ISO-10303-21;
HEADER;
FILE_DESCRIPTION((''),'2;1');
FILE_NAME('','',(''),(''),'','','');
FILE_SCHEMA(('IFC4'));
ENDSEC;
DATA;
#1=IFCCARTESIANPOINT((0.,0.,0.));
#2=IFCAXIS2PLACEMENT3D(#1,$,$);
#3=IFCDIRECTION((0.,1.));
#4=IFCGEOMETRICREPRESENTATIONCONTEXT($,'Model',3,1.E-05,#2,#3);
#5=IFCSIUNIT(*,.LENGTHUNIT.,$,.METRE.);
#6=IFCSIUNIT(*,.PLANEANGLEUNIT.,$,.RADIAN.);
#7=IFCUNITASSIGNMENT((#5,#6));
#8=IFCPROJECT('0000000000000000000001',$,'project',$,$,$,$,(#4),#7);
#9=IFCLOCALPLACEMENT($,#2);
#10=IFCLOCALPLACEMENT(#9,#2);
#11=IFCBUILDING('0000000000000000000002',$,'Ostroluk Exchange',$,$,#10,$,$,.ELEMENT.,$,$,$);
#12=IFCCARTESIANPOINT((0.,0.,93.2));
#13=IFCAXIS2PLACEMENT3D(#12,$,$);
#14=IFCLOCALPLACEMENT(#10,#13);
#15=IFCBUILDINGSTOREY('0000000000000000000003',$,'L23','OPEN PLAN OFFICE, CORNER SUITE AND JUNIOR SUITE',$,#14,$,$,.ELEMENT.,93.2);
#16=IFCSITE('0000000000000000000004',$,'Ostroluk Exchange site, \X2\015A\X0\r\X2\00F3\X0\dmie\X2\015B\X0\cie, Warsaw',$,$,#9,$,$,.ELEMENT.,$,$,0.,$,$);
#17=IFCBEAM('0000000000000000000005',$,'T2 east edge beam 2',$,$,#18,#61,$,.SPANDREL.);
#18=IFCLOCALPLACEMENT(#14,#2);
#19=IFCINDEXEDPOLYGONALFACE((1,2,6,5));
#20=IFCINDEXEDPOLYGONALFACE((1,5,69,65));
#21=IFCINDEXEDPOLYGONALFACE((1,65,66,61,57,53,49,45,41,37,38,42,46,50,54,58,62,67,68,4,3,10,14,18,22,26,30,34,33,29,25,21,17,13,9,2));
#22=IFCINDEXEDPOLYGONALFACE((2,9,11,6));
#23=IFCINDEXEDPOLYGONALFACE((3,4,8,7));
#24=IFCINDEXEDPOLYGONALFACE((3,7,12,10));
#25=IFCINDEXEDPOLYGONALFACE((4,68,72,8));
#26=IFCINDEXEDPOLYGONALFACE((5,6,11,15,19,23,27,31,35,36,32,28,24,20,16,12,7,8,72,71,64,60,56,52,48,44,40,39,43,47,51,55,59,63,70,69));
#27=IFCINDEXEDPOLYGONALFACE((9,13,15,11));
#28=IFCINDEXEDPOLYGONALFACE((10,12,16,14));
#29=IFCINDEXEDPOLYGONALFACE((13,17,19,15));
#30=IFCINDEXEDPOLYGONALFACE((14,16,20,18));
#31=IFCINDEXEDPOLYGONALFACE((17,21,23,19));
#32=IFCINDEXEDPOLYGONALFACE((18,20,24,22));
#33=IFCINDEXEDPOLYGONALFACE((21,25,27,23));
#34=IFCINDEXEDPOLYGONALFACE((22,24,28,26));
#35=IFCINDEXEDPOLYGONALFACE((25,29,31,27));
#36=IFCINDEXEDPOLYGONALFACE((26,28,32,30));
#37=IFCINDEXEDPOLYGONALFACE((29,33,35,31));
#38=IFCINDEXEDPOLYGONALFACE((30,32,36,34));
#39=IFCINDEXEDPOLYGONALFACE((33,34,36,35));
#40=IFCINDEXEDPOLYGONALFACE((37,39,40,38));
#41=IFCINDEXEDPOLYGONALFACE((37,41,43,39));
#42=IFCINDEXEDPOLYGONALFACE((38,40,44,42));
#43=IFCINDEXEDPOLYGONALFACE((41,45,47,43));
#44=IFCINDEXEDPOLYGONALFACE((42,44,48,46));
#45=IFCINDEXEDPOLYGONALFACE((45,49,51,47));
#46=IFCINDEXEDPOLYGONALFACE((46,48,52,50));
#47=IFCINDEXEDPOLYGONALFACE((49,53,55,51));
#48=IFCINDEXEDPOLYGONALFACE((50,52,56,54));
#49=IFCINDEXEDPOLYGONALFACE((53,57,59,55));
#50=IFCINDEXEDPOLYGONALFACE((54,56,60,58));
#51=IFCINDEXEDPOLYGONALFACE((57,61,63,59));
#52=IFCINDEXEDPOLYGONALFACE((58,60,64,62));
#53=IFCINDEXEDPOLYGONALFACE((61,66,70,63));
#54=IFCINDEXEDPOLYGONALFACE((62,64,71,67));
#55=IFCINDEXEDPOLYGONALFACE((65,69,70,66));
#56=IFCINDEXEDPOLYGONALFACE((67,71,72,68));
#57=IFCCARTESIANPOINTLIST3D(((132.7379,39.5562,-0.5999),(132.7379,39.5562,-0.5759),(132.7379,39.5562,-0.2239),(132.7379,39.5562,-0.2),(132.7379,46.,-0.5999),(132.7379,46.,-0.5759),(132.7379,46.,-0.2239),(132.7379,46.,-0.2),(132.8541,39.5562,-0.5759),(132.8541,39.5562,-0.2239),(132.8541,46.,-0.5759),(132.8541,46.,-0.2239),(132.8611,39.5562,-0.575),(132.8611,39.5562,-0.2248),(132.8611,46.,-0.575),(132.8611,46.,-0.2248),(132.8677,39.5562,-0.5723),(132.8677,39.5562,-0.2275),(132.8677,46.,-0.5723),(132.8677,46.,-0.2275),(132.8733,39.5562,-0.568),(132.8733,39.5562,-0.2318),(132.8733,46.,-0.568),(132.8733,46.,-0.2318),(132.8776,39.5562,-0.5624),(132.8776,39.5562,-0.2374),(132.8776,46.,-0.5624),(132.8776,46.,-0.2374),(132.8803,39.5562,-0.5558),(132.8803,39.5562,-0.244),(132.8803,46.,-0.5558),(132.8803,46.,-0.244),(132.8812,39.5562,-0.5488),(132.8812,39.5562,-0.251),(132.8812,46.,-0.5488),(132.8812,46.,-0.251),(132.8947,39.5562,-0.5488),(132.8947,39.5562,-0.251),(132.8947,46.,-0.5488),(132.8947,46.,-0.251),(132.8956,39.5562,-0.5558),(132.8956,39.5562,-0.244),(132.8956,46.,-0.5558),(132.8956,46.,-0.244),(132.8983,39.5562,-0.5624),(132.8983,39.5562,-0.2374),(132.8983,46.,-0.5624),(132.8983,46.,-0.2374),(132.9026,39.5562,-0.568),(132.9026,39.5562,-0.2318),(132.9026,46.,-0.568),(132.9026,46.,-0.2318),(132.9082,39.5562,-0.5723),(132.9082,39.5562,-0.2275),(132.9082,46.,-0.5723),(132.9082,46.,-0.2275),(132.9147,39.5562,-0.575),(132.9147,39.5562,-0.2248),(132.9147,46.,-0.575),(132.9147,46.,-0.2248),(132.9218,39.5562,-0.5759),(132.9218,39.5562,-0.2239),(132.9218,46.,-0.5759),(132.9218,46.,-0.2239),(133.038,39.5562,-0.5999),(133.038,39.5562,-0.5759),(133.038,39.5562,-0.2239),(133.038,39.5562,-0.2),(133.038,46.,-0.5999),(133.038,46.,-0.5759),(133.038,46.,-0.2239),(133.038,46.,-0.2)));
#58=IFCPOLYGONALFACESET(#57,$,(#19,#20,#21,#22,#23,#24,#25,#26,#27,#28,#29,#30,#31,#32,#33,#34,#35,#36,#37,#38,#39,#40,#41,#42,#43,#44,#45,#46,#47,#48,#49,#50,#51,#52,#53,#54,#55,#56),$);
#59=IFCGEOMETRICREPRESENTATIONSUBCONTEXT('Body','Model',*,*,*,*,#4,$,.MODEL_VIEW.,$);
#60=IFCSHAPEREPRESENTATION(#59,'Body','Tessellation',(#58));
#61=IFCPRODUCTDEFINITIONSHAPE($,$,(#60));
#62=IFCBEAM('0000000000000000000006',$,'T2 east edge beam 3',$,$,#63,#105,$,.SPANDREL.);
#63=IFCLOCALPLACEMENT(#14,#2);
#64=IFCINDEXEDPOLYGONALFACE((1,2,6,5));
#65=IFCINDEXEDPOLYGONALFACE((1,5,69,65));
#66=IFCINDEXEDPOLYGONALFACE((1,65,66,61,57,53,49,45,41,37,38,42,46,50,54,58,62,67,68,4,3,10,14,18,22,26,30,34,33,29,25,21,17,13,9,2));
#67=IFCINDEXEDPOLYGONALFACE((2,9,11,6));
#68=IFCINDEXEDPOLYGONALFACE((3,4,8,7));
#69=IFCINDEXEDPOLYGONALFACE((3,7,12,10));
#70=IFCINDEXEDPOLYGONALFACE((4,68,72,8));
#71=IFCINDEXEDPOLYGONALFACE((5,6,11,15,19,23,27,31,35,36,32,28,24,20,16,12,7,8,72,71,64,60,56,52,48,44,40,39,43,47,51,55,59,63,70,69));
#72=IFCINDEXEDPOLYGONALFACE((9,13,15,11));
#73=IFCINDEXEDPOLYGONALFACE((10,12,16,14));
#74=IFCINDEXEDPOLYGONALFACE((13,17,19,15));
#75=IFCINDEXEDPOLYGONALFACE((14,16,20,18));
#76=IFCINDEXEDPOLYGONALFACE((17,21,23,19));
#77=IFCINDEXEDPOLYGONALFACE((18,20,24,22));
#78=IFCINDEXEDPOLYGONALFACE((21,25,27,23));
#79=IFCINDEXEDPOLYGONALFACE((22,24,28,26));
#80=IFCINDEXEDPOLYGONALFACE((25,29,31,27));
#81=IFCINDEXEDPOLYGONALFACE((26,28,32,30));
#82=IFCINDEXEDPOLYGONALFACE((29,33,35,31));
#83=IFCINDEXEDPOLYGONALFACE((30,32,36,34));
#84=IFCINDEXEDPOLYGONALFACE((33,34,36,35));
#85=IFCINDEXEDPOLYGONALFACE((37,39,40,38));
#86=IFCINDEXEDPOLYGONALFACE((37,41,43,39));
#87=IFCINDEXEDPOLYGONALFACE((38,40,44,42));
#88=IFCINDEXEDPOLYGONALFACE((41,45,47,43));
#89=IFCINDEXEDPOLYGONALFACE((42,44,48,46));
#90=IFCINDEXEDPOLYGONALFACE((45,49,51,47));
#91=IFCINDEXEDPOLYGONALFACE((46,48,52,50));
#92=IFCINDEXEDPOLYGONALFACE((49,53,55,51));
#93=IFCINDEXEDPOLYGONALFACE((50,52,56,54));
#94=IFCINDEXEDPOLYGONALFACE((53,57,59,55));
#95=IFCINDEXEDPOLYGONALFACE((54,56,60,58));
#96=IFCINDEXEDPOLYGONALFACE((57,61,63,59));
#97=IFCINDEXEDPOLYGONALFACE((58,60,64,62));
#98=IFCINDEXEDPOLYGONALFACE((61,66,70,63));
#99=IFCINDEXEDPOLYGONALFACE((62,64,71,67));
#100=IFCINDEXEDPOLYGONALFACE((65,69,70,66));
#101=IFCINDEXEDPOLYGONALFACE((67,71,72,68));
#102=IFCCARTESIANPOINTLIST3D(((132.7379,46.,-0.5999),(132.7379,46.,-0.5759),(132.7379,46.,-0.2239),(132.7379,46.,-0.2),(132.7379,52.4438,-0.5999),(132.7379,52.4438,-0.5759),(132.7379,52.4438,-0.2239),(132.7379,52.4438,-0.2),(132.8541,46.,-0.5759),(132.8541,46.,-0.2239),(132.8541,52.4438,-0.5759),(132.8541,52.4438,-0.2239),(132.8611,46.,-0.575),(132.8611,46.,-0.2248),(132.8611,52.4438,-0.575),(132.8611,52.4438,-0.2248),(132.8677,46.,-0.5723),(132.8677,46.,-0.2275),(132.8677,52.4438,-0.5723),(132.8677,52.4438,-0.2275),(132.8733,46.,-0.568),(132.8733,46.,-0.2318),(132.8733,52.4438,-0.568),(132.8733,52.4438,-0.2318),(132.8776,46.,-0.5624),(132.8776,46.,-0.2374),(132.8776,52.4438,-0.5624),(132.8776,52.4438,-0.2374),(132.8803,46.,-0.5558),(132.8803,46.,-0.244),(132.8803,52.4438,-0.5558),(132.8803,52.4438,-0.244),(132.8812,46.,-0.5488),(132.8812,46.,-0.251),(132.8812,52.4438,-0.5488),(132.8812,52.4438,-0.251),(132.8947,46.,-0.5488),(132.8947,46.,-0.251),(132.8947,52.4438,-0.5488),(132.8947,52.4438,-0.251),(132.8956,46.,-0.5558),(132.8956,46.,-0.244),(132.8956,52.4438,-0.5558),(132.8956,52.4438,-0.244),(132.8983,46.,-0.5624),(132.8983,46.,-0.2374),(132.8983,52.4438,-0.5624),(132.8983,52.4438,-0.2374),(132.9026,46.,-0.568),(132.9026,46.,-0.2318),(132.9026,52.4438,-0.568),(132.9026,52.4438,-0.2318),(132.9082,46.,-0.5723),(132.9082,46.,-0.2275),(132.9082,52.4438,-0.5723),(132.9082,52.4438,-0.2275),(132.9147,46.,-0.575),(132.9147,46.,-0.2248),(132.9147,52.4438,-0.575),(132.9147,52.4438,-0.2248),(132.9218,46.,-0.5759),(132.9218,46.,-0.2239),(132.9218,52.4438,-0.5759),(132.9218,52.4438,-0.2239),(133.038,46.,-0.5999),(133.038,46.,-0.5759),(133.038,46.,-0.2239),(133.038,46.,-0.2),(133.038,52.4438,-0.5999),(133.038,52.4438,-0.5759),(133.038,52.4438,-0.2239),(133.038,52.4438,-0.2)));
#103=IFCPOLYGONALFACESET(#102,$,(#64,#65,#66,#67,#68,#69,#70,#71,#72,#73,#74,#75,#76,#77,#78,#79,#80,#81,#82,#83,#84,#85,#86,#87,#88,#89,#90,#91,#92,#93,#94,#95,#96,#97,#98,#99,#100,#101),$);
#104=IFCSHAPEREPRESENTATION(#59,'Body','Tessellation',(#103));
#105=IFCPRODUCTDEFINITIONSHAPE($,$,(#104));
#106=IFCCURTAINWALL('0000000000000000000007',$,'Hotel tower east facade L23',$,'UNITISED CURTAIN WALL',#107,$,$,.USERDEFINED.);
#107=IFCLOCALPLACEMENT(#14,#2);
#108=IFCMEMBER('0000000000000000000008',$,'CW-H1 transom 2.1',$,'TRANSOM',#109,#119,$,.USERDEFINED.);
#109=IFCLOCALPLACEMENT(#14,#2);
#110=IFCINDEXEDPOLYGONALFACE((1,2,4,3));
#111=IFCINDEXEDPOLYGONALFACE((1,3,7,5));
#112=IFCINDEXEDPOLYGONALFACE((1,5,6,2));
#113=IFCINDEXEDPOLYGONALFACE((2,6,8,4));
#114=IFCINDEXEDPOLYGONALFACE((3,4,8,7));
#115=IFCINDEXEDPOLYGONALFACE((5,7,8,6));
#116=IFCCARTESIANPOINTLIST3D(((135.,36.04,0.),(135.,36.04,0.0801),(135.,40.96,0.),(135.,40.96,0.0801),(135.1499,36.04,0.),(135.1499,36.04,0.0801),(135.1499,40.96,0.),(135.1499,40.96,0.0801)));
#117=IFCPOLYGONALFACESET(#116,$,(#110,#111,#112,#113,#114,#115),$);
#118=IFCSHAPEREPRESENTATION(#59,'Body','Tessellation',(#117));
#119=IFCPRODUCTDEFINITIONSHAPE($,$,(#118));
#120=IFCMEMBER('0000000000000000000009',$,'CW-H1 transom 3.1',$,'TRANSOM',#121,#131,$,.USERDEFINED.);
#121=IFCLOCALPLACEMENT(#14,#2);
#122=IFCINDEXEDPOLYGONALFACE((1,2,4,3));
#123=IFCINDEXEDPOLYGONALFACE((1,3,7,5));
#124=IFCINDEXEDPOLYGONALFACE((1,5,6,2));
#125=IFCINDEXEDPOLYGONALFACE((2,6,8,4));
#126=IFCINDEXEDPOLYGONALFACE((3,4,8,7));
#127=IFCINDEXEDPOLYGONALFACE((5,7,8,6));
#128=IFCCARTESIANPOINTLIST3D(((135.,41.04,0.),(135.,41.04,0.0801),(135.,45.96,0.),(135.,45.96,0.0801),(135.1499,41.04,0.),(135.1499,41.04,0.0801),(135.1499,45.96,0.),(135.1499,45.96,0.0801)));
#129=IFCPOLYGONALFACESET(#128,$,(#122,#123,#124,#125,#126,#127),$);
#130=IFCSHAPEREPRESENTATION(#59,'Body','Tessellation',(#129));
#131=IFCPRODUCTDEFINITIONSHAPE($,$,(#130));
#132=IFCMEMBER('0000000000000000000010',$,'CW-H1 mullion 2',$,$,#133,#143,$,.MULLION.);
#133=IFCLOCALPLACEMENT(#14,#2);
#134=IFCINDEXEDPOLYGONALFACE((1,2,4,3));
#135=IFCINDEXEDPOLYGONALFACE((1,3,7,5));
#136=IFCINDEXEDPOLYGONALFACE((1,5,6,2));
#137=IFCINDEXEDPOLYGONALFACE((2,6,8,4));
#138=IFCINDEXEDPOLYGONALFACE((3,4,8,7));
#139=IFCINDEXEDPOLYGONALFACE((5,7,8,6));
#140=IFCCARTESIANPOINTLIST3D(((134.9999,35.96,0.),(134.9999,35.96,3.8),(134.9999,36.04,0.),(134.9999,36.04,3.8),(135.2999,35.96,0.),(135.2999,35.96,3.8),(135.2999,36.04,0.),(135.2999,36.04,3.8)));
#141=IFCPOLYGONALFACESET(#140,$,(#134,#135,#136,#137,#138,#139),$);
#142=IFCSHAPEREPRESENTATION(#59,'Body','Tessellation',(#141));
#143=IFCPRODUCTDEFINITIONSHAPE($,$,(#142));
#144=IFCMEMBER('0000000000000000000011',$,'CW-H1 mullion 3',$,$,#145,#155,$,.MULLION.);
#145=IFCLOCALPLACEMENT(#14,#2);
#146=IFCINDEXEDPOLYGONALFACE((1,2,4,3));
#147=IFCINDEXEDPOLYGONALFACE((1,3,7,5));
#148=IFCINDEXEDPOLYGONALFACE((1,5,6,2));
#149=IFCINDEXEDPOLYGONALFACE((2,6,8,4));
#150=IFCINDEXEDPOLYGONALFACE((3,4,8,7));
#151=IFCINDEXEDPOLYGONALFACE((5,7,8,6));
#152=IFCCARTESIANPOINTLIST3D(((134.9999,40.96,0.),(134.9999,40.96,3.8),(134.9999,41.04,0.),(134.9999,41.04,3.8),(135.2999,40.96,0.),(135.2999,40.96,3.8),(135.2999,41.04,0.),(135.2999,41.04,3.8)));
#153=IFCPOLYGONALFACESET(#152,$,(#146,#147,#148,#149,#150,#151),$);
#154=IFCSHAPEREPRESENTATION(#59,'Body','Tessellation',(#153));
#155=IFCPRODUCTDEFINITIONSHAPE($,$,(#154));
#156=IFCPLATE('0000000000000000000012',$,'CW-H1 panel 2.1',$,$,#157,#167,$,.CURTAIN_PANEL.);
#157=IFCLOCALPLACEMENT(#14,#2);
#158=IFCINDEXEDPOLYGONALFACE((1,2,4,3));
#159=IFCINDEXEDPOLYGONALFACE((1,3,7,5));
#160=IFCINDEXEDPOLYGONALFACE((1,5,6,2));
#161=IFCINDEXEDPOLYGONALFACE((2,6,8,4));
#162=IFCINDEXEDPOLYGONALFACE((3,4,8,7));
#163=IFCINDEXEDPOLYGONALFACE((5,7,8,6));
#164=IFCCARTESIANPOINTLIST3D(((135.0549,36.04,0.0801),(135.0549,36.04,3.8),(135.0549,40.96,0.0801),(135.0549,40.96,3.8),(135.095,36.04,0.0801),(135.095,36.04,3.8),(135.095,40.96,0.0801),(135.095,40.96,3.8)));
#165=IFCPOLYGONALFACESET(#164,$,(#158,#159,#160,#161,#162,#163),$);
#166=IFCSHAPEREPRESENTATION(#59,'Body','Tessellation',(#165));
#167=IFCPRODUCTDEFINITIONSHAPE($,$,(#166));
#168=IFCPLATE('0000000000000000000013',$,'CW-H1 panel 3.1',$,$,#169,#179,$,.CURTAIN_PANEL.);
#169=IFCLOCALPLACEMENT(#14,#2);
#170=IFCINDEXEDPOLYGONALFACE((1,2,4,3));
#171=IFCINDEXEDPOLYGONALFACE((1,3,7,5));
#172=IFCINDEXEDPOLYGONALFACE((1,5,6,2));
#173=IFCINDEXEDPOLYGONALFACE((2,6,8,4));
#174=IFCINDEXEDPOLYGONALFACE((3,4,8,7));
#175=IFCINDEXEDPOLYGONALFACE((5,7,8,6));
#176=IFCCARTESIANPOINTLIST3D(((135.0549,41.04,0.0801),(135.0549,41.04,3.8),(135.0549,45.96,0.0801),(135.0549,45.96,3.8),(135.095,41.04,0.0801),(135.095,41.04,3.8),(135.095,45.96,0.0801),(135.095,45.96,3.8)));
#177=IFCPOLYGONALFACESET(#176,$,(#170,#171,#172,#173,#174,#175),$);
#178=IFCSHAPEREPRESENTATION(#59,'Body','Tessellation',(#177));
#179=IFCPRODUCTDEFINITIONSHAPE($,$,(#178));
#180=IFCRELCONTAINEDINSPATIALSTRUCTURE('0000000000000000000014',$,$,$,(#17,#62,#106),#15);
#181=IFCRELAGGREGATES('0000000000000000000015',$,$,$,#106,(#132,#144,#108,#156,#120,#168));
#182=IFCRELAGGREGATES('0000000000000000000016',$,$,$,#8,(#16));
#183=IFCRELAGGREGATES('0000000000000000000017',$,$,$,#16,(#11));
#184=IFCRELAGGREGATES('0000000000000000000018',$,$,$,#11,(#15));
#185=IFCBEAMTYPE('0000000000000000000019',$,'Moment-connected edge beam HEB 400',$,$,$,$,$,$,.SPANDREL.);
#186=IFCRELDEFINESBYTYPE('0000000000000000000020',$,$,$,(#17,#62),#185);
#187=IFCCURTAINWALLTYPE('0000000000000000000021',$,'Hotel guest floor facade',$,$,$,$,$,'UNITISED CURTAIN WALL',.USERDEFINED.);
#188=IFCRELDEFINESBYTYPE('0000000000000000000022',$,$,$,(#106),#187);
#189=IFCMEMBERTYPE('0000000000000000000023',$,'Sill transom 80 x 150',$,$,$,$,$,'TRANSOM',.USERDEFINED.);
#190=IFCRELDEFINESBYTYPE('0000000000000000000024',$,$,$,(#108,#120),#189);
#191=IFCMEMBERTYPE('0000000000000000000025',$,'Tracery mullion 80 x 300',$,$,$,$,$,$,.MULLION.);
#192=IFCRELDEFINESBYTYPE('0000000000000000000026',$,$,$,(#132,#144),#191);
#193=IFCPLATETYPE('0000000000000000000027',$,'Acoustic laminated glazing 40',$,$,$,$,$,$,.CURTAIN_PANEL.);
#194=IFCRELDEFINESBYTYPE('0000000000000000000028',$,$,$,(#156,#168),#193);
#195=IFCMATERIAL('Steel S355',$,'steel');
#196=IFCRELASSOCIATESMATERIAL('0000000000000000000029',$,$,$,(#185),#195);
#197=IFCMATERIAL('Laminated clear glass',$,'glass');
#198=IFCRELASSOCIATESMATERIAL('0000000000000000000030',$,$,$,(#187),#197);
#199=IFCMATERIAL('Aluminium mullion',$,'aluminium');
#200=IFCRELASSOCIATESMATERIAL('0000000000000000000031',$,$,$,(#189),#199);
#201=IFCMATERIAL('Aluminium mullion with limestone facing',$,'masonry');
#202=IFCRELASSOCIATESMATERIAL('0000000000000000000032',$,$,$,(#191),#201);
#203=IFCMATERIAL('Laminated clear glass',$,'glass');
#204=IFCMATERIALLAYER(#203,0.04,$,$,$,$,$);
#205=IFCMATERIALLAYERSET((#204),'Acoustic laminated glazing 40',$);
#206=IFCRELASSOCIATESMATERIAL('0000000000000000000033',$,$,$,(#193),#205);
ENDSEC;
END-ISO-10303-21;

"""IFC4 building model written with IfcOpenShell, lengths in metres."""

from ifc_helpers import new_model, si_unit, direction, frame, origin, origin_2d, place, context, subcontext, project, spatial, rectangle, i_section, extrude, material, layer, layer_set, material_profile, profile_set, type_object, element, aggregate, save


model = new_model("IFC4")

# Units and contexts
model_context = context("Model", 3, precision=1e-05, world=origin(), true_north=direction((0.0, 1.0)))
body_context = subcontext(model_context, "Body", "Model", "MODEL_VIEW")
ifc_project = project(units=[si_unit("LENGTHUNIT", "METRE"), si_unit("PLANEANGLEUNIT", "RADIAN")], contexts=[model_context])

# Site, building, storey
site_placement = place(None, origin())
site = spatial("IfcSite", under=ifc_project, at=site_placement, Name="Ostroluk Exchange site, Śródmieście, Warsaw", CompositionType="ELEMENT", RefElevation=0.0)
building_placement = place(site_placement, origin())
building = spatial("IfcBuilding", under=site, at=building_placement, Name="Ostroluk Exchange", CompositionType="ELEMENT")
storey_placement = place(building_placement, frame((0.0, 0.0, 93.2)))
storey = spatial("IfcBuildingStorey", under=building, at=storey_placement, Name="L23", Description="OPEN PLAN OFFICE, CORNER SUITE AND JUNIOR SUITE", CompositionType="ELEMENT", Elevation=93.2)

# Beams
ifc_material_1 = material(Name="Steel S355", Category="steel")
ifc_material_profile_1 = material_profile(ifc_material_1, i_section(OverallWidth=0.3, OverallDepth=0.3999, WebThickness=0.0134, FlangeThickness=0.0239, FilletRadius=0.0271, at=origin_2d()), Name="HEB 400")
ifc_profile_set_1 = profile_set([ifc_material_profile_1], Name="Steel S355")
beam_type_1 = type_object("IfcBeamType", Name="Moment-connected edge beam HEB 400", PredefinedType="SPANDREL", material=ifc_profile_set_1)
for number, where, z_axis, x_axis, name in (
    (1, (132.8879, 39.5562, -0.3999), (0.0, 1.0, 0.0), (-1.0, 0.0, 0.0), "T2 east edge beam 2"),
    (2, (132.8879, 46.0, -0.3999), (0.0, 1.0, 0.0), (-1.0, 0.0, 0.0), "T2 east edge beam 3"),
):
    element("IfcBeam", number, at=place(storey_placement, frame(where, z_axis=z_axis, x_axis=x_axis)), inside=storey, type_object=beam_type_1, Name=name, PredefinedType="SPANDREL", context=body_context, shape_type="SweptSolid", body=[
        extrude(i_section(OverallWidth=0.3, OverallDepth=0.3999, WebThickness=0.0134, FlangeThickness=0.0239, FilletRadius=0.0271, at=origin_2d()), origin(), (0.0, 0.0, 1.0), 6.4438),
    ])

# Curtain wall, members, plates
ifc_material_2 = material(Name="Laminated clear glass", Category="glass")
curtain_wall_type = type_object("IfcCurtainWallType", Name="Hotel guest floor facade", ElementType="UNITISED CURTAIN WALL", PredefinedType="USERDEFINED", material=ifc_material_2)
curtain_wall_placement = place(storey_placement, origin())
curtain_wall = element("IfcCurtainWall", 3, at=curtain_wall_placement, inside=storey, type_object=curtain_wall_type, Name="Hotel tower east facade L23", ObjectType="UNITISED CURTAIN WALL", PredefinedType="USERDEFINED")
ifc_material_3 = material(Name="Aluminium mullion", Category="aluminium")
ifc_material_profile_2 = material_profile(ifc_material_3, rectangle(XDim=0.1499, YDim=0.0801, at=origin_2d()), Name="Sill transom 80 x 150")
ifc_profile_set_2 = profile_set([ifc_material_profile_2], Name="Aluminium mullion")
member_type_1 = type_object("IfcMemberType", Name="Sill transom 80 x 150", ElementType="TRANSOM", PredefinedType="USERDEFINED", material=ifc_profile_set_2)
member_1_placement = place(storey_placement, frame((135.075, 36.04, 0.04), z_axis=(0.0, 1.0, 0.0), x_axis=(-1.0, 0.0, 0.0)))
member_1 = element("IfcMember", 4, at=member_1_placement, type_object=member_type_1, Name="CW-H1 transom 2.1", ObjectType="TRANSOM", PredefinedType="USERDEFINED", context=body_context, shape_type="SweptSolid", body=[
    extrude(rectangle(XDim=0.1499, YDim=0.0801, at=origin_2d()), origin(), (0.0, 0.0, 1.0), 4.9199),
])
member_2_placement = place(storey_placement, frame((135.075, 41.04, 0.04), z_axis=(0.0, 1.0, 0.0), x_axis=(-1.0, 0.0, 0.0)))
member_2 = element("IfcMember", 5, at=member_2_placement, type_object=member_type_1, Name="CW-H1 transom 3.1", ObjectType="TRANSOM", PredefinedType="USERDEFINED", context=body_context, shape_type="SweptSolid", body=[
    extrude(rectangle(XDim=0.1499, YDim=0.0801, at=origin_2d()), origin(), (0.0, 0.0, 1.0), 4.9199),
])
ifc_material_4 = material(Name="Aluminium mullion with limestone facing", Category="masonry")
ifc_material_profile_3 = material_profile(ifc_material_4, rectangle(XDim=0.3, YDim=0.0801, at=origin_2d()), Name="Tracery mullion 80 x 300")
ifc_profile_set_3 = profile_set([ifc_material_profile_3], Name="Aluminium mullion with limestone facing")
member_type_2 = type_object("IfcMemberType", Name="Tracery mullion 80 x 300", PredefinedType="MULLION", material=ifc_profile_set_3)
member_3_placement = place(storey_placement, frame((135.1499, 36.0, 0.0), z_axis=(0.0, 0.0, 1.0), x_axis=(-1.0, 0.0, 0.0)))
member_3 = element("IfcMember", 6, at=member_3_placement, type_object=member_type_2, Name="CW-H1 mullion 2", PredefinedType="MULLION", context=body_context, shape_type="SweptSolid", body=[
    extrude(rectangle(XDim=0.3, YDim=0.0801, at=origin_2d()), origin(), (0.0, 0.0, 1.0), 3.8),
])
member_4_placement = place(storey_placement, frame((135.1499, 41.0, 0.0), z_axis=(0.0, 0.0, 1.0), x_axis=(-1.0, 0.0, 0.0)))
member_4 = element("IfcMember", 7, at=member_4_placement, type_object=member_type_2, Name="CW-H1 mullion 3", PredefinedType="MULLION", context=body_context, shape_type="SweptSolid", body=[
    extrude(rectangle(XDim=0.3, YDim=0.0801, at=origin_2d()), origin(), (0.0, 0.0, 1.0), 3.8),
])
ifc_material_5 = material(Name="Laminated clear glass", Category="glass")
ifc_layer_1 = layer(ifc_material_5, 0.04)
ifc_layer_set_1 = layer_set([ifc_layer_1], Name="Acoustic laminated glazing 40")
plate_type = type_object("IfcPlateType", Name="Acoustic laminated glazing 40", PredefinedType="CURTAIN_PANEL", material=ifc_layer_set_1)
plate_1_placement = place(storey_placement, frame((135.075, 38.5, 0.0801), z_axis=(0.0, 0.0, 1.0), x_axis=(0.0, 1.0, 0.0)))
plate_1 = element("IfcPlate", 8, at=plate_1_placement, type_object=plate_type, Name="CW-H1 panel 2.1", PredefinedType="CURTAIN_PANEL", context=body_context, shape_type="SweptSolid", body=[
    extrude(rectangle(XDim=4.9199, YDim=0.04, at=origin_2d()), origin(), (0.0, 0.0, 1.0), 3.72),
])
plate_2_placement = place(storey_placement, frame((135.075, 43.5, 0.0801), z_axis=(0.0, 0.0, 1.0), x_axis=(0.0, 1.0, 0.0)))
plate_2 = element("IfcPlate", 9, at=plate_2_placement, type_object=plate_type, Name="CW-H1 panel 3.1", PredefinedType="CURTAIN_PANEL", context=body_context, shape_type="SweptSolid", body=[
    extrude(rectangle(XDim=4.9199, YDim=0.04, at=origin_2d()), origin(), (0.0, 0.0, 1.0), 3.72),
])
aggregate(curtain_wall, [member_3, member_4, member_1, plate_1, member_2, plate_2])

save(model, "model.ifc")
